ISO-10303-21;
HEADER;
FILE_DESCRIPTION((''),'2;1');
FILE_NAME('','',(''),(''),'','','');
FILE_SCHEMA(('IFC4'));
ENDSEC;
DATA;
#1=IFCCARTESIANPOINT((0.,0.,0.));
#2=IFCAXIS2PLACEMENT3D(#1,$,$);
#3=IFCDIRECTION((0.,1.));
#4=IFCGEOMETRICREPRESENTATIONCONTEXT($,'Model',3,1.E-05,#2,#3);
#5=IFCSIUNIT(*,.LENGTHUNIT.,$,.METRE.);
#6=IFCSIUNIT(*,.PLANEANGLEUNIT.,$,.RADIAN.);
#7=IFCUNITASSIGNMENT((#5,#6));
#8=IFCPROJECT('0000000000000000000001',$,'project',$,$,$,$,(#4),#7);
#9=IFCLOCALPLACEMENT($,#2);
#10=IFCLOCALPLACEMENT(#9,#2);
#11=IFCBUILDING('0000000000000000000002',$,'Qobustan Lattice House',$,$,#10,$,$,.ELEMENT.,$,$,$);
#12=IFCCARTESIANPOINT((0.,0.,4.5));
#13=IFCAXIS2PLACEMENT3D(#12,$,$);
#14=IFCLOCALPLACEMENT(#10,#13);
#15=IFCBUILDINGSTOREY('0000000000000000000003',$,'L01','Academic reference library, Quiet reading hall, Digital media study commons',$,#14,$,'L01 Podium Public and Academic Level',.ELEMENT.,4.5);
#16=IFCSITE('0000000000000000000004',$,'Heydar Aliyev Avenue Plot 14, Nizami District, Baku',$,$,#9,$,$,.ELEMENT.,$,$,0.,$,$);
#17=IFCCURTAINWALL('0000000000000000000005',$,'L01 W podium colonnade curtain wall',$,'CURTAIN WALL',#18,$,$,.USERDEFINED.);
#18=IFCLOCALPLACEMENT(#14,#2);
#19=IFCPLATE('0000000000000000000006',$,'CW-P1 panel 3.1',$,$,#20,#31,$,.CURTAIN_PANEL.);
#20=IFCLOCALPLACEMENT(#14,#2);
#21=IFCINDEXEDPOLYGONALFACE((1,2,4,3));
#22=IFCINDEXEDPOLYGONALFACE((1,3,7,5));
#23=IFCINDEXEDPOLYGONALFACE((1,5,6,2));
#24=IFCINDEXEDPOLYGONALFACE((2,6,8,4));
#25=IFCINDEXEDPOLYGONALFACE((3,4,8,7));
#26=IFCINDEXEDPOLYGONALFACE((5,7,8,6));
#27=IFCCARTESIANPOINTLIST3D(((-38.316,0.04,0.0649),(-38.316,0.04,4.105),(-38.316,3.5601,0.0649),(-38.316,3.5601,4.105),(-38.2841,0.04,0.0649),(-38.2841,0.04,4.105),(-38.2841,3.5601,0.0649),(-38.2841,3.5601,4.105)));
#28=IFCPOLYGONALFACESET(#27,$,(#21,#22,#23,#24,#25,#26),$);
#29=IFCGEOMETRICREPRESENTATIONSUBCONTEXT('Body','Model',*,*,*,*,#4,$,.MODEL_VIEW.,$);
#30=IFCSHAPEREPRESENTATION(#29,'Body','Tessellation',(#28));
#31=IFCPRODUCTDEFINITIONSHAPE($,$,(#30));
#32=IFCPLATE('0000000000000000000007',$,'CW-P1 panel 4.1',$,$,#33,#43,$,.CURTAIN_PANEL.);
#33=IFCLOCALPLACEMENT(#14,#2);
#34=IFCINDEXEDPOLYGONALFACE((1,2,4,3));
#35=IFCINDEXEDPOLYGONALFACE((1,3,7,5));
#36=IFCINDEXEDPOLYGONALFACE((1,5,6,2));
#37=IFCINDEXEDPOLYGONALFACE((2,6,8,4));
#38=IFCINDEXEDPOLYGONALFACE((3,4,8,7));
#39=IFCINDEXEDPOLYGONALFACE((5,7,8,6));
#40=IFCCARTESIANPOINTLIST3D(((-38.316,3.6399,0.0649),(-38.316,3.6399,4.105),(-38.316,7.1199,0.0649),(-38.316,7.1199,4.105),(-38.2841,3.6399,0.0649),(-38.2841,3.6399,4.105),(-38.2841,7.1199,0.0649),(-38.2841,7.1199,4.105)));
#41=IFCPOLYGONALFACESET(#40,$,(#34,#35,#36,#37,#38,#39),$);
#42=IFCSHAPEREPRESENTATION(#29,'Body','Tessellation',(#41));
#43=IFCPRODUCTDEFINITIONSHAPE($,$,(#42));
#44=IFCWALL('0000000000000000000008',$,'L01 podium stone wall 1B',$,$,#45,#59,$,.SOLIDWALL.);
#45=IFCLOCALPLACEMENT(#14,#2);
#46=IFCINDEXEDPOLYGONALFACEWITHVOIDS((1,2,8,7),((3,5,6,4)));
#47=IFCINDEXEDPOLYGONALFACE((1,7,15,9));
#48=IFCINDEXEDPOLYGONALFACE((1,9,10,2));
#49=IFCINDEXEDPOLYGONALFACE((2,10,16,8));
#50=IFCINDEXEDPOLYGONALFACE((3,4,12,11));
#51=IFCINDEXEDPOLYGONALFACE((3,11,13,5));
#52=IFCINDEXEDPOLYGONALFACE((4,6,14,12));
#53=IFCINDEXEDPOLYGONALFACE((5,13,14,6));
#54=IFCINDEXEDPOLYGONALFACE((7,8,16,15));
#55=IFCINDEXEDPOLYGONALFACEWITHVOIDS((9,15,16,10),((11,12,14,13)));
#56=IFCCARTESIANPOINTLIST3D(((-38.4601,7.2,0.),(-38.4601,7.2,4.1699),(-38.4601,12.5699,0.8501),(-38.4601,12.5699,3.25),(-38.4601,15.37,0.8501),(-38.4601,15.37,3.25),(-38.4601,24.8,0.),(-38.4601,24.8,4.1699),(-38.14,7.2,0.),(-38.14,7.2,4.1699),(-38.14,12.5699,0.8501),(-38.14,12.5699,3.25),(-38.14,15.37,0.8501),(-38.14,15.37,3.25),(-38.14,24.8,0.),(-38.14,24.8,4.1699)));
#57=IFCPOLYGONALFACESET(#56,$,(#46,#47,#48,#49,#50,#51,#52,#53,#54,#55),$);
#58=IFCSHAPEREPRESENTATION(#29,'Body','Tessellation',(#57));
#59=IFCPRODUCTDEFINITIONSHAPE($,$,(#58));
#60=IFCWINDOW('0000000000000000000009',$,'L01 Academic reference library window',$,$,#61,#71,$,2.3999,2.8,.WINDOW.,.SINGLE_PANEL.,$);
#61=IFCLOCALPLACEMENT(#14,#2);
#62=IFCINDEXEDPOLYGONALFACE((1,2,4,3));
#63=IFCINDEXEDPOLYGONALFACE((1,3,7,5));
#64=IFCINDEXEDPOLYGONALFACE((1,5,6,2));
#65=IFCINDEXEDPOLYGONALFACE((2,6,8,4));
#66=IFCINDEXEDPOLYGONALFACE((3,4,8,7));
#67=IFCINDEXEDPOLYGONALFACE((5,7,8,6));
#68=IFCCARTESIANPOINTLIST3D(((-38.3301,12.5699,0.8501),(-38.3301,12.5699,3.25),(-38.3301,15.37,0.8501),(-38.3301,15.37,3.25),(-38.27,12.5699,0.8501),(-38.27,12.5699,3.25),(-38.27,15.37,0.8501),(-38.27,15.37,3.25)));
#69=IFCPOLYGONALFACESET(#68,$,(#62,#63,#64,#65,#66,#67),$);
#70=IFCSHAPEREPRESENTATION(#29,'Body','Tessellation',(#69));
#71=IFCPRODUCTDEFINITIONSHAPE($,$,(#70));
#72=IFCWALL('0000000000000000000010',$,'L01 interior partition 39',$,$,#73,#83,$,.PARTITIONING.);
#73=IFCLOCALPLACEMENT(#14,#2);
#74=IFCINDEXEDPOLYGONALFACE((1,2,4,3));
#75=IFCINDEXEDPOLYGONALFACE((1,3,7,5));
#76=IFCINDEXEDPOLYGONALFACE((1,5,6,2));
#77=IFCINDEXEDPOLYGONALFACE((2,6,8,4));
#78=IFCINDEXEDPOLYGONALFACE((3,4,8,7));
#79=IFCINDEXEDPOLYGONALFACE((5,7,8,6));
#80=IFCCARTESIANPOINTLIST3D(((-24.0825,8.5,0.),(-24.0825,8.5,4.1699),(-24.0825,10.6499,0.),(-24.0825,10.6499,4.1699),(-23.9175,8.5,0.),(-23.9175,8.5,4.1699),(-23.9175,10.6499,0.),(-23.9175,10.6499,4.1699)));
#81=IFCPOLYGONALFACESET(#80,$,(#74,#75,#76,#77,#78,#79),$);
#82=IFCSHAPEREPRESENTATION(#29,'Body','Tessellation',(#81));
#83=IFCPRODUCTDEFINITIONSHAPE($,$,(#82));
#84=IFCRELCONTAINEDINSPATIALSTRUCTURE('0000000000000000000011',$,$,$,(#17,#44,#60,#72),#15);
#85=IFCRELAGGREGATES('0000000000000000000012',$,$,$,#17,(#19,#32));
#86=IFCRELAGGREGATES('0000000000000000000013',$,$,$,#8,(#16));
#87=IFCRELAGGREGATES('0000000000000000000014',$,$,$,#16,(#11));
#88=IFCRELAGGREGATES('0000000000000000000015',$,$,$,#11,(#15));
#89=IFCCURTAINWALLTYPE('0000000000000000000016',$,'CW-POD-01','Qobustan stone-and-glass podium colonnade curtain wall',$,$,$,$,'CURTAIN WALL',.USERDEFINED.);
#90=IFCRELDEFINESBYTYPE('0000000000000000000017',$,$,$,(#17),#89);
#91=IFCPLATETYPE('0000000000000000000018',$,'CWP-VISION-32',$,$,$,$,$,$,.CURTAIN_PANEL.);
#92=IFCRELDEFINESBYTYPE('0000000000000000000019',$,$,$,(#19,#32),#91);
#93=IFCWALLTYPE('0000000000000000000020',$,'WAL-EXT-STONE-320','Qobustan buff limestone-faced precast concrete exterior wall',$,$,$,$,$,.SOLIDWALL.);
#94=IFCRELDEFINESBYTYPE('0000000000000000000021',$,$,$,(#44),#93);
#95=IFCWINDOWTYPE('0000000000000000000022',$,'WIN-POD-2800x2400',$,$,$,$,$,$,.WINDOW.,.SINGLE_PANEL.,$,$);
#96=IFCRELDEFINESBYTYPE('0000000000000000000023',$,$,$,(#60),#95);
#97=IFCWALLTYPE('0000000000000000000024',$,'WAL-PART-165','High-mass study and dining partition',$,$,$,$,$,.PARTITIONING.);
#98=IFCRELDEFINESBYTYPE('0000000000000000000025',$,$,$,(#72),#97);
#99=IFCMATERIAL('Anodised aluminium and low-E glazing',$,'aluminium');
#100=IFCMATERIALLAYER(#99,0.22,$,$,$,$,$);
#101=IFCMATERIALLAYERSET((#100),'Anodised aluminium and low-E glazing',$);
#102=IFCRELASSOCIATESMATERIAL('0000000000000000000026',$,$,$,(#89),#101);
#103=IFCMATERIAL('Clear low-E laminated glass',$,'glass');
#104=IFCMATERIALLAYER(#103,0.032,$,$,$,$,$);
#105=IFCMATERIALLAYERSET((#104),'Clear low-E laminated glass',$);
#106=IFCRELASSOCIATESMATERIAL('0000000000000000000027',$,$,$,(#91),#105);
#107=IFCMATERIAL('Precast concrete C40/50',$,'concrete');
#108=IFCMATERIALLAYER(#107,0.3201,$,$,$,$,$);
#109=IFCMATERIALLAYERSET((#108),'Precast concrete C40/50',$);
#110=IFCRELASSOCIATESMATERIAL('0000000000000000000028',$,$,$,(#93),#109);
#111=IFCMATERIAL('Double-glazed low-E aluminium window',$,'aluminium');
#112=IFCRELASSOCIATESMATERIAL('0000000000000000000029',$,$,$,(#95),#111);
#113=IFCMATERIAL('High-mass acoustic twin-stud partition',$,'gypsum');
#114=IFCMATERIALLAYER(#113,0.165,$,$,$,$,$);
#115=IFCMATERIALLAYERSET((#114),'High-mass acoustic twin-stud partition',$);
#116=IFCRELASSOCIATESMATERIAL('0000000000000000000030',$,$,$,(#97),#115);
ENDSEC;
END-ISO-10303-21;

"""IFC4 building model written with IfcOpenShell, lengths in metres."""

from ifc_helpers import new_model, si_unit, direction, frame, frame_2d, origin, origin_2d, place, context, subcontext, project, spatial, rectangle, extrude, material, layer, layer_set, type_object, element, fill, aggregate, save


model = new_model("IFC4")

# Units and contexts
model_context = context("Model", 3, precision=1e-05, world=origin(), true_north=direction((0.0, 1.0)))
body_context = subcontext(model_context, "Body", "Model", "MODEL_VIEW")
ifc_project = project(units=[si_unit("LENGTHUNIT", "METRE"), si_unit("PLANEANGLEUNIT", "RADIAN")], contexts=[model_context])

# Site, building, storey
site_placement = place(None, origin())
site = spatial("IfcSite", under=ifc_project, at=site_placement, Name="Heydar Aliyev Avenue Plot 14, Nizami District, Baku", CompositionType="ELEMENT", RefElevation=0.0)
building_placement = place(site_placement, origin())
building = spatial("IfcBuilding", under=site, at=building_placement, Name="Qobustan Lattice House", CompositionType="ELEMENT")
storey_placement = place(building_placement, frame((0.0, 0.0, 4.5)))
storey = spatial("IfcBuildingStorey", under=building, at=storey_placement, Name="L01", Description="Academic reference library, Quiet reading hall, Digital media study commons", LongName="L01 Podium Public and Academic Level", CompositionType="ELEMENT", Elevation=4.5)

# Curtain wall, plates
ifc_material_1 = material(Name="Anodised aluminium and low-E glazing", Category="aluminium")
ifc_layer_1 = layer(ifc_material_1, 0.22)
ifc_layer_set_1 = layer_set([ifc_layer_1], Name="Anodised aluminium and low-E glazing")
curtain_wall_type = type_object("IfcCurtainWallType", Name="CW-POD-01", Description="Qobustan stone-and-glass podium colonnade curtain wall", ElementType="CURTAIN WALL", PredefinedType="USERDEFINED", material=ifc_layer_set_1)
curtain_wall_placement = place(storey_placement, origin())
curtain_wall = element("IfcCurtainWall", 1, at=curtain_wall_placement, inside=storey, type_object=curtain_wall_type, Name="L01 W podium colonnade curtain wall", ObjectType="CURTAIN WALL", PredefinedType="USERDEFINED")
ifc_material_2 = material(Name="Clear low-E laminated glass", Category="glass")
ifc_layer_2 = layer(ifc_material_2, 0.032)
ifc_layer_set_2 = layer_set([ifc_layer_2], Name="Clear low-E laminated glass")
plate_type = type_object("IfcPlateType", Name="CWP-VISION-32", PredefinedType="CURTAIN_PANEL", material=ifc_layer_set_2)
plate_1_placement = place(storey_placement, frame((-38.3, 1.8, 0.0649), z_axis=(0.0, 0.0, 1.0), x_axis=(0.0, 1.0, 0.0)))
plate_1 = element("IfcPlate", 2, at=plate_1_placement, type_object=plate_type, Name="CW-P1 panel 3.1", PredefinedType="CURTAIN_PANEL", context=body_context, shape_type="SweptSolid", body=[
    extrude(rectangle(XDim=3.52, YDim=0.032, at=origin_2d()), origin(), (0.0, 0.0, 1.0), 4.04),
])
plate_2_placement = place(storey_placement, frame((-38.3, 5.3799, 0.0649), z_axis=(0.0, 0.0, 1.0), x_axis=(0.0, 1.0, 0.0)))
plate_2 = element("IfcPlate", 3, at=plate_2_placement, type_object=plate_type, Name="CW-P1 panel 4.1", PredefinedType="CURTAIN_PANEL", context=body_context, shape_type="SweptSolid", body=[
    extrude(rectangle(XDim=3.48, YDim=0.032, at=origin_2d()), origin(), (0.0, 0.0, 1.0), 4.04),
])
aggregate(curtain_wall, [plate_1, plate_2])

# Wall, opening, window
ifc_material_3 = material(Name="Precast concrete C40/50", Category="concrete")
ifc_layer_3 = layer(ifc_material_3, 0.3201)
ifc_layer_set_3 = layer_set([ifc_layer_3], Name="Precast concrete C40/50")
wall_type_1 = type_object("IfcWallType", Name="WAL-EXT-STONE-320", Description="Qobustan buff limestone-faced precast concrete exterior wall", PredefinedType="SOLIDWALL", material=ifc_layer_set_3)
wall_1_placement = place(storey_placement, frame((-38.3, 7.2, 0.0), z_axis=(0.0, 0.0, 1.0), x_axis=(0.0, 1.0, 0.0)))
wall_1 = element("IfcWall", 4, at=wall_1_placement, inside=storey, type_object=wall_type_1, Name="L01 podium stone wall 1B", PredefinedType="SOLIDWALL", context=body_context, shape_type="SweptSolid", body=[
    extrude(rectangle(XDim=17.6001, YDim=0.3201, at=frame_2d((8.8, 0.0))), origin(), (0.0, 0.0, 1.0), 4.1699),
])
opening_placement = place(wall_1_placement, frame((5.3701, 0.0, 0.8501)))
opening = element("IfcOpeningElement", 5, at=opening_placement, cuts=wall_1, PredefinedType="OPENING", context=body_context, shape_type="SweptSolid", body=[
    extrude(rectangle(XDim=2.8, YDim=2.3999, at=frame_2d((1.3999, 1.2))), frame((0.0, 0.1699, 0.0), z_axis=(0.0, -1.0, 0.0), x_axis=(1.0, 0.0, 0.0)), (0.0, 0.0, 1.0), 0.3401),
])
ifc_material_4 = material(Name="Double-glazed low-E aluminium window", Category="aluminium")
window_type = type_object("IfcWindowType", Name="WIN-POD-2800x2400", PartitioningType="SINGLE_PANEL", PredefinedType="WINDOW", material=ifc_material_4)
window_placement = place(opening_placement, origin())
window = element("IfcWindow", 6, at=window_placement, inside=storey, type_object=window_type, Name="L01 Academic reference library window", OverallHeight=2.3999, OverallWidth=2.8, PartitioningType="SINGLE_PANEL", PredefinedType="WINDOW", context=body_context, shape_type="SweptSolid", body=[
    extrude(rectangle(XDim=2.8, YDim=2.3999, at=frame_2d((1.3999, 1.2))), frame((0.0, 0.03, 0.0), z_axis=(0.0, -1.0, 0.0), x_axis=(1.0, 0.0, 0.0)), (0.0, 0.0, 1.0), 0.0601),
])
fill(opening, window)

# Wall
ifc_material_5 = material(Name="High-mass acoustic twin-stud partition", Category="gypsum")
ifc_layer_4 = layer(ifc_material_5, 0.165)
ifc_layer_set_4 = layer_set([ifc_layer_4], Name="High-mass acoustic twin-stud partition")
wall_type_2 = type_object("IfcWallType", Name="WAL-PART-165", Description="High-mass study and dining partition", PredefinedType="PARTITIONING", material=ifc_layer_set_4)
wall_2_placement = place(storey_placement, frame((-24.0, 8.5, 0.0), z_axis=(0.0, 0.0, 1.0), x_axis=(0.0, 1.0, 0.0)))
element("IfcWall", 7, at=wall_2_placement, inside=storey, type_object=wall_type_2, Name="L01 interior partition 39", PredefinedType="PARTITIONING", context=body_context, shape_type="SweptSolid", body=[
    extrude(rectangle(XDim=2.1499, YDim=0.165, at=frame_2d((1.075, 0.0))), origin(), (0.0, 0.0, 1.0), 4.1699),
])

save(model, "model.ifc")
